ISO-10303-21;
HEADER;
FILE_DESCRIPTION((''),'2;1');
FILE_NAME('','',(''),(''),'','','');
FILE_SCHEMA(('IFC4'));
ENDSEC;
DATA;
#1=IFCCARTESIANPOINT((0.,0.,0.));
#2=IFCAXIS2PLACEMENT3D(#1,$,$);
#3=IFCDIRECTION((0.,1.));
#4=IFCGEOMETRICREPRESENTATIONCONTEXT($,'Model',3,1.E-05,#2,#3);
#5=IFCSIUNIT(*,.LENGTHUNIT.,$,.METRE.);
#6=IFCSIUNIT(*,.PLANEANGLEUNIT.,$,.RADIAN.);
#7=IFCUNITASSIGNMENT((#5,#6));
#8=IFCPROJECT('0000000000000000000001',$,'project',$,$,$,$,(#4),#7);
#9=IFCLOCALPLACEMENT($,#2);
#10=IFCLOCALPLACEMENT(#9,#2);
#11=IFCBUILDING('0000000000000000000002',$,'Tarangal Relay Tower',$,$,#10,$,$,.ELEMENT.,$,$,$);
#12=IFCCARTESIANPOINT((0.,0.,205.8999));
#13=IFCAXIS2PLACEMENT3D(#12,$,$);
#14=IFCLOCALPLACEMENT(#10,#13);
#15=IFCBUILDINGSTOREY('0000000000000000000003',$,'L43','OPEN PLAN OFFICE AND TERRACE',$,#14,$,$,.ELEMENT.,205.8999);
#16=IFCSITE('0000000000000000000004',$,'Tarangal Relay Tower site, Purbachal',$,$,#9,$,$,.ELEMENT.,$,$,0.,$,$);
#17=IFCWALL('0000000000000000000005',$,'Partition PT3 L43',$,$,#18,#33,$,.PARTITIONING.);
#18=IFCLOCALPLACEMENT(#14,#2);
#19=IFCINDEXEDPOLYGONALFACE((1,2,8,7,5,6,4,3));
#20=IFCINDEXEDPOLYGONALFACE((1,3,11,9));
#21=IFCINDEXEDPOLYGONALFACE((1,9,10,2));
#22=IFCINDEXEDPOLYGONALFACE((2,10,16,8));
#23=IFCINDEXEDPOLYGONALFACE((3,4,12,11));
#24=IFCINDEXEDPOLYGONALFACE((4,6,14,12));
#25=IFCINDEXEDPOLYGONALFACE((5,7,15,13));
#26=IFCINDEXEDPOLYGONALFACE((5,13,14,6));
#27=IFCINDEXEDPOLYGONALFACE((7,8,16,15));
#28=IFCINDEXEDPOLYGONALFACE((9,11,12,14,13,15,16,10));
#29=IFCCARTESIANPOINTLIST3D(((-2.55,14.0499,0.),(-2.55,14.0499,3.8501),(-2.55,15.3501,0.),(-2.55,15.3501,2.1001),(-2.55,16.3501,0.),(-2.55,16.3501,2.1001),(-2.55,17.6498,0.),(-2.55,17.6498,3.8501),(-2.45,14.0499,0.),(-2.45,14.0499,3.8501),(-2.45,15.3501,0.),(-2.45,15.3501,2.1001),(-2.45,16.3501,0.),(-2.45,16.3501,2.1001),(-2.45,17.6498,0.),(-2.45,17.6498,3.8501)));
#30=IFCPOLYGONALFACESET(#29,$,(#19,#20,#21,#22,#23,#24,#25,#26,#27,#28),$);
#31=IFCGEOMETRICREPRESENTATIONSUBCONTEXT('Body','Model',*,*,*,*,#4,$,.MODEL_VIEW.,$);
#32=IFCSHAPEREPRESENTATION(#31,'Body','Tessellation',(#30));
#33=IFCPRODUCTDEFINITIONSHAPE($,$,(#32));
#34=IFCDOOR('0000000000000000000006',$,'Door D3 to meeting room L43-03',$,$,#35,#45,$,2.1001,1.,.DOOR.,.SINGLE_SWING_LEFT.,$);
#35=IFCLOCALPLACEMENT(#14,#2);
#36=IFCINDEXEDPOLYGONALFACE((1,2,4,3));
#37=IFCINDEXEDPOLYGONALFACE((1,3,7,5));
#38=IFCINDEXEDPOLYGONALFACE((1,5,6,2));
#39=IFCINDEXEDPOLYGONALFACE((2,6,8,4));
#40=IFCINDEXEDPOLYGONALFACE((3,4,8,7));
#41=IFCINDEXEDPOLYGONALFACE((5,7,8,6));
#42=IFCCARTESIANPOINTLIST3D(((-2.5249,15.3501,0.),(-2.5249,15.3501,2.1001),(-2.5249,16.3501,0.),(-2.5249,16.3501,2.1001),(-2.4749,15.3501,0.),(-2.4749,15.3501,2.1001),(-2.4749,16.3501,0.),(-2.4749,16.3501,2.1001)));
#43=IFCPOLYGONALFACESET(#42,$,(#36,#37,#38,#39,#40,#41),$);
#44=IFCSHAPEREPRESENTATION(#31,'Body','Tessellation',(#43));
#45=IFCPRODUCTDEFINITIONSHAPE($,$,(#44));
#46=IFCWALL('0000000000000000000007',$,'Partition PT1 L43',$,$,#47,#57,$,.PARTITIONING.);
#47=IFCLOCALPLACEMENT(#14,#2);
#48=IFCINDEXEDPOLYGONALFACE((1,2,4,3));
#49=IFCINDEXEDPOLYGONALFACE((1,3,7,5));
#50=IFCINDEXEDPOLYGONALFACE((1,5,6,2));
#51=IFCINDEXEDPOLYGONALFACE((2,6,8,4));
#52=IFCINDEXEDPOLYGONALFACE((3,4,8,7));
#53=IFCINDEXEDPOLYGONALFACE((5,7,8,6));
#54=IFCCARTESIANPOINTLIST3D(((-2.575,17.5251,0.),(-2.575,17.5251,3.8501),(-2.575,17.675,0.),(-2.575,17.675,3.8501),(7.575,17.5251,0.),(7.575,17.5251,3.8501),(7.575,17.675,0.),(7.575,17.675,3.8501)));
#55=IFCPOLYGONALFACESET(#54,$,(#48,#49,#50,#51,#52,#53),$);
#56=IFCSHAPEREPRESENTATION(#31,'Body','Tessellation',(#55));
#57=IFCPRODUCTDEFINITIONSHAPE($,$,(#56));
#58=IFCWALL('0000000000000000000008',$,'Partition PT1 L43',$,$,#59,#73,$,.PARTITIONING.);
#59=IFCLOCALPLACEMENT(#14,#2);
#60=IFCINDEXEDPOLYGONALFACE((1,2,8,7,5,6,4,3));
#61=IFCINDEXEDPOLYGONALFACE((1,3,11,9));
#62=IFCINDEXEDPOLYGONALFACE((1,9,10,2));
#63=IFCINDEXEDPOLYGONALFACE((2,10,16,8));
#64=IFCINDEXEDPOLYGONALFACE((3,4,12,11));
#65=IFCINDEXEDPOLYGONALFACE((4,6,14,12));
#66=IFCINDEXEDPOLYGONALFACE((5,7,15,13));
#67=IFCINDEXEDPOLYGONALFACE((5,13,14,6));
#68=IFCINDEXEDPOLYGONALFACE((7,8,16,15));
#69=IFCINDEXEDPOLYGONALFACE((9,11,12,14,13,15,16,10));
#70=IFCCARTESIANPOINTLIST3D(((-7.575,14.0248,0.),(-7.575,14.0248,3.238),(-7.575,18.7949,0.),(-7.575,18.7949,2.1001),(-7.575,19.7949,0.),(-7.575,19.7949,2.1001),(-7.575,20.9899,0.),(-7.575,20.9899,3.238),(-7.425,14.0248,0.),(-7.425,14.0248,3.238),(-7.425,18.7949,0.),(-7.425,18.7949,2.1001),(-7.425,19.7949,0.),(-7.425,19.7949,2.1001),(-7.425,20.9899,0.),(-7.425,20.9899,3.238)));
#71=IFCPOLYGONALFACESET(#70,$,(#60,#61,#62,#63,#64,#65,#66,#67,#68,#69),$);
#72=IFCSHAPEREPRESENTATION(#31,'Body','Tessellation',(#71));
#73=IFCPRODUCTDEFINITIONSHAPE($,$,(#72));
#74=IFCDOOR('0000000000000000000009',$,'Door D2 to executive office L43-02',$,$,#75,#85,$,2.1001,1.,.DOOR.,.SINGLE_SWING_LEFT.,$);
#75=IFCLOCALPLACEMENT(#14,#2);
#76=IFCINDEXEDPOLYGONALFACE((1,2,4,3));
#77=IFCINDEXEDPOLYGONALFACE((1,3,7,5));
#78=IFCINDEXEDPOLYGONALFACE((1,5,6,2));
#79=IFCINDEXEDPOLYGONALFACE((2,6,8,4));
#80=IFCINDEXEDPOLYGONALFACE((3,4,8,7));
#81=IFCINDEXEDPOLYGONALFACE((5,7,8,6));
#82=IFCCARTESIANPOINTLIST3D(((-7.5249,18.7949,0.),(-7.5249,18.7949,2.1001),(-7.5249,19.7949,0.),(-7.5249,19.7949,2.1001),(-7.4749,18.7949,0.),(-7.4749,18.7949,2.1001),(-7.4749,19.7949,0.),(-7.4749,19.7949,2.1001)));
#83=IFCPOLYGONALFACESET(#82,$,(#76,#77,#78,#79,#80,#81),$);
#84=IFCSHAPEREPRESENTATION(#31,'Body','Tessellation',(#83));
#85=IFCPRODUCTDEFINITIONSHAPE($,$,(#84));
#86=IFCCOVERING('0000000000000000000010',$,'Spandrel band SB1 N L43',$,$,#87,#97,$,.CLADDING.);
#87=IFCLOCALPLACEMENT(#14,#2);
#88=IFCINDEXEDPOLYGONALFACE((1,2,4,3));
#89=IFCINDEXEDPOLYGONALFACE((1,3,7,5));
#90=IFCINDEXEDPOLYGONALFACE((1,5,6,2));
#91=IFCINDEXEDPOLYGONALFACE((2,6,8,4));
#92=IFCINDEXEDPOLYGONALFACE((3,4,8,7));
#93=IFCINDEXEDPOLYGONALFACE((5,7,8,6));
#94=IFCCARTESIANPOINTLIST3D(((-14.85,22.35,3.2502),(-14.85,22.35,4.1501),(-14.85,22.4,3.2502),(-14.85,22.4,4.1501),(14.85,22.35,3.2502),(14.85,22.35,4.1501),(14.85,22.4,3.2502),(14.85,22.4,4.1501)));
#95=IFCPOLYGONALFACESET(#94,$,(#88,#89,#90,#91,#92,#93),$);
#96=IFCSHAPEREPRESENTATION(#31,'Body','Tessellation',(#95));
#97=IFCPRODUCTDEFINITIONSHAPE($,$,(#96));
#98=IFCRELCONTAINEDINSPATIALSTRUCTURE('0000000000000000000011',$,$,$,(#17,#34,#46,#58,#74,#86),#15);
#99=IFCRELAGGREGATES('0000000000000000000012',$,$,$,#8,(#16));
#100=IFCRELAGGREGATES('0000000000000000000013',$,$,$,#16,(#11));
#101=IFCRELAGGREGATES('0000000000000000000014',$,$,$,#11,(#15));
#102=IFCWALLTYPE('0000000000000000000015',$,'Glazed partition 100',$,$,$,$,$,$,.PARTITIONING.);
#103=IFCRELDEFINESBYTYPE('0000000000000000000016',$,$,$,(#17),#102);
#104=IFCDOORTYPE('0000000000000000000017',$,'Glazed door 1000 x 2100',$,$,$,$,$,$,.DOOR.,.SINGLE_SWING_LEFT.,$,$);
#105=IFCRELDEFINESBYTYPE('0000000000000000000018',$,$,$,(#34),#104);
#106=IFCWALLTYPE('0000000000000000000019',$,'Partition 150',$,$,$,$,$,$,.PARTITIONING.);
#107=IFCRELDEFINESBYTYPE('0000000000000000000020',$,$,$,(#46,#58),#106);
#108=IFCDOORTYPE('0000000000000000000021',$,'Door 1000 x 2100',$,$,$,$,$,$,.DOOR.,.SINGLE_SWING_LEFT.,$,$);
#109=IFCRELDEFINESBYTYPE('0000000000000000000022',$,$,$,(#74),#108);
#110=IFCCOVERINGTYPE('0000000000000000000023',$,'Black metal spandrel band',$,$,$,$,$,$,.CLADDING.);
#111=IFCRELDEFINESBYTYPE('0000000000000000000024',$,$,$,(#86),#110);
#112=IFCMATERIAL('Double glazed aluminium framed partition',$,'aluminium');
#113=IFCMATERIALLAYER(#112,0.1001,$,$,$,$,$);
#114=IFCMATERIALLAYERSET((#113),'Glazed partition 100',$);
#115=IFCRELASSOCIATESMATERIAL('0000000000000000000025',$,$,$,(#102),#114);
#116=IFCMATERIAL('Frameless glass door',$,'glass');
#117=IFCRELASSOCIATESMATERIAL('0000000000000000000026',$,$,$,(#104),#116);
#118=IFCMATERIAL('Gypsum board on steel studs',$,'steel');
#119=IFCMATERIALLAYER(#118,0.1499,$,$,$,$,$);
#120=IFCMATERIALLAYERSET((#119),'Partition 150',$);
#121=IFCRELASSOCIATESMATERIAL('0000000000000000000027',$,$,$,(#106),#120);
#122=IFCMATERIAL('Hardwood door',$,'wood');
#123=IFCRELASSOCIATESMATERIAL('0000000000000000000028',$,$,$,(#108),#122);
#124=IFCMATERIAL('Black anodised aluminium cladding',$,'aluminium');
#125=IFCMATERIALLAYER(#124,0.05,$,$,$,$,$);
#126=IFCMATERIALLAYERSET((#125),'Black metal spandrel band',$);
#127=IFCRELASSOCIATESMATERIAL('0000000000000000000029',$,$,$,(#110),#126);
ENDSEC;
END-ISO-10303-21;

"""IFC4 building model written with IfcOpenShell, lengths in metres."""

from ifc_helpers import new_model, si_unit, direction, frame, frame_2d, origin, origin_2d, place, context, subcontext, project, spatial, rectangle, extrude, material, layer, layer_set, type_object, element, fill, save


model = new_model("IFC4")

# Units and contexts
model_context = context("Model", 3, precision=1e-05, world=origin(), true_north=direction((0.0, 1.0)))
body_context = subcontext(model_context, "Body", "Model", "MODEL_VIEW")
ifc_project = project(units=[si_unit("LENGTHUNIT", "METRE"), si_unit("PLANEANGLEUNIT", "RADIAN")], contexts=[model_context])

# Site, building, storey
site_placement = place(None, origin())
site = spatial("IfcSite", under=ifc_project, at=site_placement, Name="Tarangal Relay Tower site, Purbachal", CompositionType="ELEMENT", RefElevation=0.0)
building_placement = place(site_placement, origin())
building = spatial("IfcBuilding", under=site, at=building_placement, Name="Tarangal Relay Tower", CompositionType="ELEMENT")
storey_placement = place(building_placement, frame((0.0, 0.0, 205.8999)))
storey = spatial("IfcBuildingStorey", under=building, at=storey_placement, Name="L43", Description="OPEN PLAN OFFICE AND TERRACE", CompositionType="ELEMENT", Elevation=205.8999)

# Shared definitions
ifc_material_1 = material(Name="Double glazed aluminium framed partition", Category="aluminium")
ifc_layer_1 = layer(ifc_material_1, 0.1001)
ifc_layer_set_1 = layer_set([ifc_layer_1], Name="Glazed partition 100")
wall_type_1 = type_object("IfcWallType", Name="Glazed partition 100", PredefinedType="PARTITIONING", material=ifc_layer_set_1)

# Wall, opening, door
wall_1_placement = place(storey_placement, frame((-2.5, 14.05, 0.0), z_axis=(0.0, 0.0, 1.0), x_axis=(0.0, 1.0, 0.0)))
wall_1 = element("IfcWall", 1, at=wall_1_placement, inside=storey, type_object=wall_type_1, Name="Partition PT3 L43", PredefinedType="PARTITIONING", context=body_context, shape_type="SweptSolid", body=[
    extrude(rectangle(XDim=3.5999, YDim=0.1001, at=frame_2d((1.7998, 0.0))), origin(), (0.0, 0.0, 1.0), 3.8501),
])
opening_1_placement = place(wall_1_placement, frame((1.3, 0.0, 0.0)))
opening_1 = element("IfcOpeningElement", 2, at=opening_1_placement, cuts=wall_1, PredefinedType="OPENING", context=body_context, shape_type="SweptSolid", body=[
    extrude(rectangle(XDim=1.0, YDim=2.1001, at=frame_2d((0.5, 1.05))), frame((0.0, 0.0601, 0.0), z_axis=(0.0, -1.0, 0.0), x_axis=(1.0, 0.0, 0.0)), (0.0, 0.0, 1.0), 0.1201),
])
ifc_material_2 = material(Name="Frameless glass door", Category="glass")
door_type_1 = type_object("IfcDoorType", Name="Glazed door 1000 x 2100", OperationType="SINGLE_SWING_LEFT", PredefinedType="DOOR", material=ifc_material_2)
door_1_placement = place(opening_1_placement, origin())
door_1 = element("IfcDoor", 3, at=door_1_placement, inside=storey, type_object=door_type_1, Name="Door D3 to meeting room L43-03", OperationType="SINGLE_SWING_LEFT", OverallHeight=2.1001, OverallWidth=1.0, PredefinedType="DOOR", context=body_context, shape_type="SweptSolid", body=[
    extrude(rectangle(XDim=1.0, YDim=2.1001, at=frame_2d((0.5, 1.05))), frame((0.0, 0.0249, 0.0), z_axis=(0.0, -1.0, 0.0), x_axis=(1.0, 0.0, 0.0)), (0.0, 0.0, 1.0), 0.05),
])
fill(opening_1, door_1)

# Wall
ifc_material_3 = material(Name="Gypsum board on steel studs", Category="steel")
ifc_layer_2 = layer(ifc_material_3, 0.1499)
ifc_layer_set_2 = layer_set([ifc_layer_2], Name="Partition 150")
wall_type_2 = type_object("IfcWallType", Name="Partition 150", PredefinedType="PARTITIONING", material=ifc_layer_set_2)
wall_2_placement = place(storey_placement, frame((-2.575, 17.6001, 0.0), z_axis=(0.0, 0.0, 1.0), x_axis=(1.0, 0.0, 0.0)))
element("IfcWall", 4, at=wall_2_placement, inside=storey, type_object=wall_type_2, Name="Partition PT1 L43", PredefinedType="PARTITIONING", context=body_context, shape_type="SweptSolid", body=[
    extrude(rectangle(XDim=10.1499, YDim=0.1499, at=frame_2d((5.075, 0.0))), origin(), (0.0, 0.0, 1.0), 3.8501),
])

# Wall, opening, door
wall_3_placement = place(storey_placement, frame((-7.5, 14.0249, 0.0), z_axis=(0.0, 0.0, 1.0), x_axis=(0.0, 1.0, 0.0)))
wall_3 = element("IfcWall", 5, at=wall_3_placement, inside=storey, type_object=wall_type_2, Name="Partition PT1 L43", PredefinedType="PARTITIONING", context=body_context, shape_type="SweptSolid", body=[
    extrude(rectangle(XDim=6.9651, YDim=0.1499, at=frame_2d((3.4824, 0.0))), origin(), (0.0, 0.0, 1.0), 3.238),
])
opening_2_placement = place(wall_3_placement, frame((4.77, 0.0, 0.0)))
opening_2 = element("IfcOpeningElement", 6, at=opening_2_placement, cuts=wall_3, PredefinedType="OPENING", context=body_context, shape_type="SweptSolid", body=[
    extrude(rectangle(XDim=1.0, YDim=2.1001, at=frame_2d((0.5, 1.05))), frame((0.0, 0.085, 0.0), z_axis=(0.0, -1.0, 0.0), x_axis=(1.0, 0.0, 0.0)), (0.0, 0.0, 1.0), 0.1699),
])
ifc_material_4 = material(Name="Hardwood door", Category="wood")
door_type_2 = type_object("IfcDoorType", Name="Door 1000 x 2100", OperationType="SINGLE_SWING_LEFT", PredefinedType="DOOR", material=ifc_material_4)
door_2_placement = place(opening_2_placement, origin())
door_2 = element("IfcDoor", 7, at=door_2_placement, inside=storey, type_object=door_type_2, Name="Door D2 to executive office L43-02", OperationType="SINGLE_SWING_LEFT", OverallHeight=2.1001, OverallWidth=1.0, PredefinedType="DOOR", context=body_context, shape_type="SweptSolid", body=[
    extrude(rectangle(XDim=1.0, YDim=2.1001, at=frame_2d((0.5, 1.05))), frame((0.0, 0.0249, 0.0), z_axis=(0.0, -1.0, 0.0), x_axis=(1.0, 0.0, 0.0)), (0.0, 0.0, 1.0), 0.05),
])
fill(opening_2, door_2)

# Covering
ifc_material_5 = material(Name="Black anodised aluminium cladding", Category="aluminium")
ifc_layer_3 = layer(ifc_material_5, 0.05)
ifc_layer_set_3 = layer_set([ifc_layer_3], Name="Black metal spandrel band")
covering_type = type_object("IfcCoveringType", Name="Black metal spandrel band", PredefinedType="CLADDING", material=ifc_layer_set_3)
covering_placement = place(storey_placement, frame((0.0, 22.375, 3.2502), z_axis=(0.0, 0.0, 1.0), x_axis=(1.0, 0.0, 0.0)))
element("IfcCovering", 8, at=covering_placement, inside=storey, type_object=covering_type, Name="Spandrel band SB1 N L43", PredefinedType="CLADDING", context=body_context, shape_type="SweptSolid", body=[
    extrude(rectangle(XDim=29.7, YDim=0.05, at=origin_2d()), origin(), (0.0, 0.0, 1.0), 0.8999),
])

save(model, "model.ifc")
